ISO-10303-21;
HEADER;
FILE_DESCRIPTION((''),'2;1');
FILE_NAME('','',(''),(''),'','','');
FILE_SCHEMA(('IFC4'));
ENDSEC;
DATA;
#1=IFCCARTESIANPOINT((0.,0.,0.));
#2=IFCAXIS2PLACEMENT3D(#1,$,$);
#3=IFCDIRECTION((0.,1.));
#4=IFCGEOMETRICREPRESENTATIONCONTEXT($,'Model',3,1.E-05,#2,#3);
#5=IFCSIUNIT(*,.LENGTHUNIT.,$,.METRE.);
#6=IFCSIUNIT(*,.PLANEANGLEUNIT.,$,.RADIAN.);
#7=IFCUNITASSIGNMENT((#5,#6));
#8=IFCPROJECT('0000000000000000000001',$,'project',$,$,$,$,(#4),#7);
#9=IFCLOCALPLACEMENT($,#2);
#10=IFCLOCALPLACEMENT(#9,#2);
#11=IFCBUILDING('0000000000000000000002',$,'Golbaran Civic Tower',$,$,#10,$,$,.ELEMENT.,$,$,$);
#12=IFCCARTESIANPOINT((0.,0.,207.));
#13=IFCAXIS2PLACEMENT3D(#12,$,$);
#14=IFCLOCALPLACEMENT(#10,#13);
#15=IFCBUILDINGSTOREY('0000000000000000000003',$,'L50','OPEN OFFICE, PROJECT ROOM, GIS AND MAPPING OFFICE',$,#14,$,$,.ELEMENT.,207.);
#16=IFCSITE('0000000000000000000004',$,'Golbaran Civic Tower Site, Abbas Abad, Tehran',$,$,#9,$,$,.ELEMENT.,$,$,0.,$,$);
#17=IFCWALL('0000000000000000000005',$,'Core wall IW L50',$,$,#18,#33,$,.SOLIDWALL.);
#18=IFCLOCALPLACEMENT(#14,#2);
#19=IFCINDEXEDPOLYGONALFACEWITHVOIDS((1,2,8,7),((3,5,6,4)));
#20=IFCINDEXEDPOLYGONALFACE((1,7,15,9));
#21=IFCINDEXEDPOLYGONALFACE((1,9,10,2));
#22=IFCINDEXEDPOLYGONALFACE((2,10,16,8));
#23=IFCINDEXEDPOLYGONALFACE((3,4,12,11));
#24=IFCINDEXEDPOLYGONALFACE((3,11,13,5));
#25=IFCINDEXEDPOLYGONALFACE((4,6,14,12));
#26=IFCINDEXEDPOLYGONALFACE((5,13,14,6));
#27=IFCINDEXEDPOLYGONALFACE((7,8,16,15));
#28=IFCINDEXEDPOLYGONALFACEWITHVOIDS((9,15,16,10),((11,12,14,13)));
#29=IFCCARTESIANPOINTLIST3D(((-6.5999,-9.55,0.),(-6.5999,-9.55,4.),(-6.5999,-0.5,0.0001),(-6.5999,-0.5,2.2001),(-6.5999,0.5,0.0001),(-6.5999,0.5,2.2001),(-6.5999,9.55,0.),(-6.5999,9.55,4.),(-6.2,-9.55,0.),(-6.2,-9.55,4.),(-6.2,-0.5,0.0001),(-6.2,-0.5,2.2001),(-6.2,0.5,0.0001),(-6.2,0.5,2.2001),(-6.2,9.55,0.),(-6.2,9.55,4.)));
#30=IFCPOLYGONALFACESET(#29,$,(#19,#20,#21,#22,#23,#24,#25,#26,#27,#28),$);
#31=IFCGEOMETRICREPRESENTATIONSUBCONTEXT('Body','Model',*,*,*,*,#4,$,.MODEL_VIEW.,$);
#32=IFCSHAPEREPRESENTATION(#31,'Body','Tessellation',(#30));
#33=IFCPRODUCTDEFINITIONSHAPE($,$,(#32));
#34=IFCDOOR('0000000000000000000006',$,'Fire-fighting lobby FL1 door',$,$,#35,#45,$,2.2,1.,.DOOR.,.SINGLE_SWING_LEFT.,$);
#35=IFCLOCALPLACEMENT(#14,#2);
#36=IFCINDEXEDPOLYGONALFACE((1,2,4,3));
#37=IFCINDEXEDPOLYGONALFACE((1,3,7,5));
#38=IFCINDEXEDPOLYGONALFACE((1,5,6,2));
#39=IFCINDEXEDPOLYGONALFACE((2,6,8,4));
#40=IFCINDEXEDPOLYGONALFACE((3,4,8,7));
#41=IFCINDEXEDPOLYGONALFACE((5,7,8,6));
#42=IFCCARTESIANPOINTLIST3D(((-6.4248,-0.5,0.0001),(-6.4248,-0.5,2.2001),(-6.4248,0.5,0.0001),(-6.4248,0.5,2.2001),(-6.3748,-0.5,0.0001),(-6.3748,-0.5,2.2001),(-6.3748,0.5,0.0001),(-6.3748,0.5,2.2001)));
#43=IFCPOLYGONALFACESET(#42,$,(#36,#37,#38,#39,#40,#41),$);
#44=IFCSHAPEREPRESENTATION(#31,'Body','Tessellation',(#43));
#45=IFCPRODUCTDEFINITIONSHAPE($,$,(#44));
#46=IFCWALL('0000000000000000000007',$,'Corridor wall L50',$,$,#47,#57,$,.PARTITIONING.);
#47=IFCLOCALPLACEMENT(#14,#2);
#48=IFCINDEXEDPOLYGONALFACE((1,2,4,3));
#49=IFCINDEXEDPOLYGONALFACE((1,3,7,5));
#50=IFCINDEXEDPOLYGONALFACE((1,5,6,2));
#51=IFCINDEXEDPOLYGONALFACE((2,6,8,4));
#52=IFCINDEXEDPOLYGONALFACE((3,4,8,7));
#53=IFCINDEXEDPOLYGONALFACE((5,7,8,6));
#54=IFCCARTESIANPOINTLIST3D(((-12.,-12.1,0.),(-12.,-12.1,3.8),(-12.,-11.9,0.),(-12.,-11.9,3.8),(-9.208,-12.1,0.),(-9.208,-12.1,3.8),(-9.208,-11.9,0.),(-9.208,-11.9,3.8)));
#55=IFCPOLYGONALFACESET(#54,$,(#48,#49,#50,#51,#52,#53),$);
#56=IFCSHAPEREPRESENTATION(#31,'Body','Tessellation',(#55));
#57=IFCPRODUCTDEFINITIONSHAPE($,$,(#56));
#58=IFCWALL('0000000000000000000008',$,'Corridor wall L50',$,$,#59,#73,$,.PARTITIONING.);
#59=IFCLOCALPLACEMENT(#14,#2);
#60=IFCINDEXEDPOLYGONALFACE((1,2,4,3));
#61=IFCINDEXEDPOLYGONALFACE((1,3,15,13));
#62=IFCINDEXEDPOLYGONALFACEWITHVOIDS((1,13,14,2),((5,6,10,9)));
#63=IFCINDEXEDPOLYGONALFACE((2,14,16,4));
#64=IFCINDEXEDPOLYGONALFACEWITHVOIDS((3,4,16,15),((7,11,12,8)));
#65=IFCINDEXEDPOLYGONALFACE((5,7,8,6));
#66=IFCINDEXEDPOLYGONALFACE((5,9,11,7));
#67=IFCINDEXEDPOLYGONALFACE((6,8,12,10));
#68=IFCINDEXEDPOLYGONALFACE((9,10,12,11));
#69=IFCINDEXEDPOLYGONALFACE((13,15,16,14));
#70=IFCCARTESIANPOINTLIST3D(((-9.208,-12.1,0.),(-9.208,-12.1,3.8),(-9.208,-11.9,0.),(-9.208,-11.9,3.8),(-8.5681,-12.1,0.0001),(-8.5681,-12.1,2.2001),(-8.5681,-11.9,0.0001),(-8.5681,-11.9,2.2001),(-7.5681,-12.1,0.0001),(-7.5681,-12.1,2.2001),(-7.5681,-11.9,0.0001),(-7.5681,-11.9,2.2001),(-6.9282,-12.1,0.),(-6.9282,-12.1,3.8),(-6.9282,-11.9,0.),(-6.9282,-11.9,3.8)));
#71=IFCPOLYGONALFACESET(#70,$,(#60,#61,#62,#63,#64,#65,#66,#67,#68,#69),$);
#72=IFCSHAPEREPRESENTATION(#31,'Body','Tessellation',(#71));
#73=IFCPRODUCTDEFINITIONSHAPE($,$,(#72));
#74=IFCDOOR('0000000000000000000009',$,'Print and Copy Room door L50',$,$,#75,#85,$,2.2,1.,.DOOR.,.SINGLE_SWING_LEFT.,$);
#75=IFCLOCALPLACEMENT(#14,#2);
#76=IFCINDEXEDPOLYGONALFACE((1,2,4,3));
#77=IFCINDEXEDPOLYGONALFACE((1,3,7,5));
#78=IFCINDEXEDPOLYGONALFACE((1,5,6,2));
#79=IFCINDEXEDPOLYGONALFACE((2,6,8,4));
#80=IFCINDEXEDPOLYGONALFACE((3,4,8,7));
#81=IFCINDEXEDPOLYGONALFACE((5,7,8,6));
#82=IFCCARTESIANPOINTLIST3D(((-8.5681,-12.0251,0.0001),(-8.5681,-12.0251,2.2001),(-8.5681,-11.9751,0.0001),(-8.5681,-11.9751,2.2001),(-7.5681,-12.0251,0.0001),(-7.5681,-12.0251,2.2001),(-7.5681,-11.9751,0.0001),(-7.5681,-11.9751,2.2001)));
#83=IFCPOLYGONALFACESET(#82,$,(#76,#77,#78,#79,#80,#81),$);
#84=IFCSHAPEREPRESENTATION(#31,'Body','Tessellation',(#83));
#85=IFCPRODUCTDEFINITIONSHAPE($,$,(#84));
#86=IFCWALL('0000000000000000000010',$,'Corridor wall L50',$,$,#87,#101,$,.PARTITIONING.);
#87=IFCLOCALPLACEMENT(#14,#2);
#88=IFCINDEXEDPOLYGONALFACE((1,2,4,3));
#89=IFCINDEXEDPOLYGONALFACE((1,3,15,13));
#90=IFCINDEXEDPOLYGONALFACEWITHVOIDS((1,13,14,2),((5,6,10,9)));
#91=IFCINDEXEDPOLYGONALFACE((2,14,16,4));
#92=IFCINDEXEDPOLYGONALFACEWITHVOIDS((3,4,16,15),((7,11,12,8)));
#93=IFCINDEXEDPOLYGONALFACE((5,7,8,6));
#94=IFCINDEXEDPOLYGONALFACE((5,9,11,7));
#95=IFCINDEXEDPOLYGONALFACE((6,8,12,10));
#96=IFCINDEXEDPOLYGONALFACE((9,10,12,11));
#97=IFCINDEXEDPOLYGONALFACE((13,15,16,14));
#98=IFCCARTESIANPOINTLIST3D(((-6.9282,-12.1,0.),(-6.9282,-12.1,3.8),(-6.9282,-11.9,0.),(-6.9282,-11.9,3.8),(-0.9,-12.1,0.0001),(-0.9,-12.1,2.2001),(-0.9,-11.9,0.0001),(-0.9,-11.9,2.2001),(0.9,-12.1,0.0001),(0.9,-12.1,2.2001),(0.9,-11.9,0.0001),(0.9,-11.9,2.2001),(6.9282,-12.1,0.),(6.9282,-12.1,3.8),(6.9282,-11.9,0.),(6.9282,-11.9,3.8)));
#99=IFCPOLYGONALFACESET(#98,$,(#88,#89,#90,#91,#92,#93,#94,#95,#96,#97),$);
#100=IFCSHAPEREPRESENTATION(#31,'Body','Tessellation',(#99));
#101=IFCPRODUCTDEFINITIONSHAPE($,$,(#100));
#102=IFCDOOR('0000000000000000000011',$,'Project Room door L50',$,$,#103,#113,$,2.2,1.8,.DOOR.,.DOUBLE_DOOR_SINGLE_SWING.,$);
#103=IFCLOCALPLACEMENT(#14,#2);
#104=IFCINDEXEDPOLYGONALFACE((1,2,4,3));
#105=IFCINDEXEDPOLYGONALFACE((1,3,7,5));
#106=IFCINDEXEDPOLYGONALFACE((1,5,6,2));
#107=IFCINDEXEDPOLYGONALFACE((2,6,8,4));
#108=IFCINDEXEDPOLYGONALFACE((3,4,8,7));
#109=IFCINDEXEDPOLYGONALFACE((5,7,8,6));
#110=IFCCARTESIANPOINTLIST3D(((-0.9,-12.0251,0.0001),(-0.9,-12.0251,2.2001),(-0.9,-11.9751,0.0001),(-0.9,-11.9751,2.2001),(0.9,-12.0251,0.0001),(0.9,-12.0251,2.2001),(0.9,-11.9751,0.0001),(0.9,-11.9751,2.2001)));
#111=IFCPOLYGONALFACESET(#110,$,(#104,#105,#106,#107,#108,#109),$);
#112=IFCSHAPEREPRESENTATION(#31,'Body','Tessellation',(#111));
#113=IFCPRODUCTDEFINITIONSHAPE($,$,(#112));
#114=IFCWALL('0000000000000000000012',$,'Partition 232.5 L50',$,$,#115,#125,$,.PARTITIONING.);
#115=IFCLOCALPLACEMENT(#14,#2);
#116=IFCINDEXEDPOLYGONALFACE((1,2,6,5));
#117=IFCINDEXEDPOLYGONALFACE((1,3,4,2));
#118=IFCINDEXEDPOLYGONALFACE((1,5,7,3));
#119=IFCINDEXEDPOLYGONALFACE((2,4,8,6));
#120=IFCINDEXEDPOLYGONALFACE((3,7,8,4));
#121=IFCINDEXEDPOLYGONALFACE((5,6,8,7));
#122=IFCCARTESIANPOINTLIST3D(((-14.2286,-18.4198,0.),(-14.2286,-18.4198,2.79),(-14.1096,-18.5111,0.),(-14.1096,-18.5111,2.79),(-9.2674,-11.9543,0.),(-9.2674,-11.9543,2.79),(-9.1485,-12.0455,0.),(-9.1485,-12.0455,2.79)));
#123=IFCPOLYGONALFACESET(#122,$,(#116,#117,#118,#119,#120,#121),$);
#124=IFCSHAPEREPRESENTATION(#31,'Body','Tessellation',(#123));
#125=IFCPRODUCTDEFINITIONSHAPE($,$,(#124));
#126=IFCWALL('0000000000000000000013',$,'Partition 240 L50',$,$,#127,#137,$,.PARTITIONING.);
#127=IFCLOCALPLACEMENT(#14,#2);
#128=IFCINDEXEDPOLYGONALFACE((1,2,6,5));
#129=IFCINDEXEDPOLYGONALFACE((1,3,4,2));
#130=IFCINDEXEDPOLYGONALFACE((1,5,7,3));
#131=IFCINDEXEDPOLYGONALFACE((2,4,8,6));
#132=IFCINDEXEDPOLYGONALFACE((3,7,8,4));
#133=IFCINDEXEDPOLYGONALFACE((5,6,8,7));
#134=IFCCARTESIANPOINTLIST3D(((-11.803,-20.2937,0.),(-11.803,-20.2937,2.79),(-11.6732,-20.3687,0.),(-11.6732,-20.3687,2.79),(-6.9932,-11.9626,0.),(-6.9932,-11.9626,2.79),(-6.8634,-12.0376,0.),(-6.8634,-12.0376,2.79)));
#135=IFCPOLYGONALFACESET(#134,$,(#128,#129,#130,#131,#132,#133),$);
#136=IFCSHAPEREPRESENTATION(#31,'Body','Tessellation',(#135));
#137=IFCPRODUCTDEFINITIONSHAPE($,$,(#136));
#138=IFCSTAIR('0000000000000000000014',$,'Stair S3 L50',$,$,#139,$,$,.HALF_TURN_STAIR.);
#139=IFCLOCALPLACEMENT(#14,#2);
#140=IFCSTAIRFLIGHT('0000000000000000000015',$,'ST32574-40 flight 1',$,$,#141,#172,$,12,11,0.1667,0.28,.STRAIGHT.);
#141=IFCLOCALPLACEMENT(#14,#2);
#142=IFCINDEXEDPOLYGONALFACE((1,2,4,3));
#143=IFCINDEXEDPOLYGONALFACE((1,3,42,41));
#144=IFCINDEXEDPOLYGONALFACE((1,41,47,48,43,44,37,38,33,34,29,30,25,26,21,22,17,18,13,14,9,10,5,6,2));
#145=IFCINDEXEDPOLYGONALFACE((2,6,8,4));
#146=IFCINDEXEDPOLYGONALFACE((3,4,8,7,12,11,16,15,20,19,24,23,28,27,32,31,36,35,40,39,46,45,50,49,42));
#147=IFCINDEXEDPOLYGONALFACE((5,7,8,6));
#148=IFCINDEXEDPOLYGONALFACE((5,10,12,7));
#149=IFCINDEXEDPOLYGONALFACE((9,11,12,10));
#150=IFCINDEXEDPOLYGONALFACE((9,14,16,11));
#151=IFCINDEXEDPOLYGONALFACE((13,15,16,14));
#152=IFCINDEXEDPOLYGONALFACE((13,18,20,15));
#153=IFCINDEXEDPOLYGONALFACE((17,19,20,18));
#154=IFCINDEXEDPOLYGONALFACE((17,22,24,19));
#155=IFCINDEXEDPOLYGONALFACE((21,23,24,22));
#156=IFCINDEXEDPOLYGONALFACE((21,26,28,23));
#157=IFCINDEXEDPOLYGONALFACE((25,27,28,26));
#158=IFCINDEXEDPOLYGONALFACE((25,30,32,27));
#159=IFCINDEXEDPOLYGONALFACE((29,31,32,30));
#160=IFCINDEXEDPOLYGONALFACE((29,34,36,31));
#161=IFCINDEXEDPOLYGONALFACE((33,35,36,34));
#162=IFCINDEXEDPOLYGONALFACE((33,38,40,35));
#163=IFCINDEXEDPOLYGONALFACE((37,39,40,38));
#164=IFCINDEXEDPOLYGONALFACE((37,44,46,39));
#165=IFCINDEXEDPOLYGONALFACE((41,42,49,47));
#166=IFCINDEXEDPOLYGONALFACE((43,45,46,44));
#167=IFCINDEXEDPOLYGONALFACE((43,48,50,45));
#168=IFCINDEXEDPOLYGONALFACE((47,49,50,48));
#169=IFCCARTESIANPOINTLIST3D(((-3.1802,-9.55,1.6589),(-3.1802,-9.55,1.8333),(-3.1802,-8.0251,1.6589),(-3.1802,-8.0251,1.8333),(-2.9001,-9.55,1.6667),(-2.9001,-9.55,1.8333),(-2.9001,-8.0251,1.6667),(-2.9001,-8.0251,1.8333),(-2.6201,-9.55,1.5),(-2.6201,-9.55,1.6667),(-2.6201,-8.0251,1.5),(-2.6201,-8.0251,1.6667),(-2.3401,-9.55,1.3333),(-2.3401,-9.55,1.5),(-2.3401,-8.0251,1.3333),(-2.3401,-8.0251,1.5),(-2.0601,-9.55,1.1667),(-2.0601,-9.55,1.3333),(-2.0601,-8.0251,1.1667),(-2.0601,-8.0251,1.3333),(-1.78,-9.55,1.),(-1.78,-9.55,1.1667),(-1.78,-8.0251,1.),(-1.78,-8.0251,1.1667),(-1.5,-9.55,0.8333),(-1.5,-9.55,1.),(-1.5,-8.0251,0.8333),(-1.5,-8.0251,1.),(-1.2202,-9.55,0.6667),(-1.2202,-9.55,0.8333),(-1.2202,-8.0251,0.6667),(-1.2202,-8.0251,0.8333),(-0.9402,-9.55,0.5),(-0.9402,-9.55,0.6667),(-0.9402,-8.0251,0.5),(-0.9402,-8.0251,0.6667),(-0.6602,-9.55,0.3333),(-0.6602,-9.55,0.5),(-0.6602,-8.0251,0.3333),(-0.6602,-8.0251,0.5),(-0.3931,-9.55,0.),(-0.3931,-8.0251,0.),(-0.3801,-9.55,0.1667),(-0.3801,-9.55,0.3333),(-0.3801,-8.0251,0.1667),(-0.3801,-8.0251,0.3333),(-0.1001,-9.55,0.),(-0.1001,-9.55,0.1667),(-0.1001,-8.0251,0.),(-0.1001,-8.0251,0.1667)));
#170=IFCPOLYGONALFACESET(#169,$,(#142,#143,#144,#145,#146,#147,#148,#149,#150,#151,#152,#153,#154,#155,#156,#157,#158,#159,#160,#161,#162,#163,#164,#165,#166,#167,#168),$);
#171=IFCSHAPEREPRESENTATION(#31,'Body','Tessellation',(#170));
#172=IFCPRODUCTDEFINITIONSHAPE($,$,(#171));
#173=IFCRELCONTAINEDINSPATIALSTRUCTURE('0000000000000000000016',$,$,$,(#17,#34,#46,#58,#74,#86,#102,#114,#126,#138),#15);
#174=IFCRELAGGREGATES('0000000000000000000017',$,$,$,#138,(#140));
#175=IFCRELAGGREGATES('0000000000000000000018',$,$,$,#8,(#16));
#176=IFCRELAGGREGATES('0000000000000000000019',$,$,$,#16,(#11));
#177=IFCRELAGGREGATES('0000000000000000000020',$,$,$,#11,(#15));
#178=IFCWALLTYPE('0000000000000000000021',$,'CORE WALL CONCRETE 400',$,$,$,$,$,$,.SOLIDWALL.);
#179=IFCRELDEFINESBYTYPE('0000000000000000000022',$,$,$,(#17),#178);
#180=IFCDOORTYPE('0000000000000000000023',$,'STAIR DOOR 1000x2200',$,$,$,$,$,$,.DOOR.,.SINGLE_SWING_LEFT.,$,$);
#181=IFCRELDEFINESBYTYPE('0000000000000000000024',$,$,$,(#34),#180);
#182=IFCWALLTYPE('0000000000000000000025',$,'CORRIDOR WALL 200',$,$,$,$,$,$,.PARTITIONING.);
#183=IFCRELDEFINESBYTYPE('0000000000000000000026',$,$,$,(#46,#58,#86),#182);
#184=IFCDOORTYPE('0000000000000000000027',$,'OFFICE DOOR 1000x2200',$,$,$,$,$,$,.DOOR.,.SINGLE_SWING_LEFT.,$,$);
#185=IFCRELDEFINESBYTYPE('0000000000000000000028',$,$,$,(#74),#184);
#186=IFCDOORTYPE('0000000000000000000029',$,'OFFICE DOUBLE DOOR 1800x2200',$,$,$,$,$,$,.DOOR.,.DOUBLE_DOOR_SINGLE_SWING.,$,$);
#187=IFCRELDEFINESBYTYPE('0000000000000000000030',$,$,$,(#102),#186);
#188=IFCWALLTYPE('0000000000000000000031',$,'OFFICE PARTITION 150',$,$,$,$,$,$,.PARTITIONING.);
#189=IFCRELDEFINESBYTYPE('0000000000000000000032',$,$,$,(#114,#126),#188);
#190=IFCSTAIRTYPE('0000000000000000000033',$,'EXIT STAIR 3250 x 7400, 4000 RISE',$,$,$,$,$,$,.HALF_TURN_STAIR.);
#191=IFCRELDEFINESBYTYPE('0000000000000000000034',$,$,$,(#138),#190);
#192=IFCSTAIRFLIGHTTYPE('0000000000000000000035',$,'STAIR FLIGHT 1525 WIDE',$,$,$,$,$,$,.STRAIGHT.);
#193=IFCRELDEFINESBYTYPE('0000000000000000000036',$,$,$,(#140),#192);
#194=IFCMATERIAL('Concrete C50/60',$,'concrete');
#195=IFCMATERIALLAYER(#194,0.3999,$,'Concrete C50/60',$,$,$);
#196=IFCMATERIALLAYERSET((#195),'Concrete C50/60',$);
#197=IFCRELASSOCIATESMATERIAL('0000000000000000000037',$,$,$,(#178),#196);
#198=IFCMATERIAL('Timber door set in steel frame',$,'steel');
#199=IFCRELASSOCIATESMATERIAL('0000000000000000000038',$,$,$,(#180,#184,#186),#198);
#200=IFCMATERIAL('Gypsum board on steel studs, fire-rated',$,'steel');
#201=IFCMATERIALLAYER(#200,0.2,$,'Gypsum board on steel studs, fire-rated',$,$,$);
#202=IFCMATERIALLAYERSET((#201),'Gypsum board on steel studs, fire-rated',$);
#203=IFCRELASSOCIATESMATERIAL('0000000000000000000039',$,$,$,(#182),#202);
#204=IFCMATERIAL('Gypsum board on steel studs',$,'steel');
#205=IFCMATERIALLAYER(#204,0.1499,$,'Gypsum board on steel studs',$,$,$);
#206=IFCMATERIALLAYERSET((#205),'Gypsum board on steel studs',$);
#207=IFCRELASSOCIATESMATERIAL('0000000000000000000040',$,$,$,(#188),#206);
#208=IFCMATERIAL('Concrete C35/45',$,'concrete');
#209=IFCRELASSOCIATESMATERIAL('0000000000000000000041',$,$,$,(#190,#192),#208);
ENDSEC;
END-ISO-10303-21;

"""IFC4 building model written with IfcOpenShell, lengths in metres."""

from ifc_helpers import new_model, si_unit, direction, frame, frame_2d, origin, place, context, subcontext, project, spatial, polyline, rectangle, outline, extrude, material, layer, layer_set, type_object, element, fill, aggregate, save


model = new_model("IFC4")

# Units and contexts
model_context = context("Model", 3, precision=1e-05, world=origin(), true_north=direction((0.0, 1.0)))
body_context = subcontext(model_context, "Body", "Model", "MODEL_VIEW")
ifc_project = project(units=[si_unit("LENGTHUNIT", "METRE"), si_unit("PLANEANGLEUNIT", "RADIAN")], contexts=[model_context])

# Site, building, storey
site_placement = place(None, origin())
site = spatial("IfcSite", under=ifc_project, at=site_placement, Name="Golbaran Civic Tower Site, Abbas Abad, Tehran", CompositionType="ELEMENT", RefElevation=0.0)
building_placement = place(site_placement, origin())
building = spatial("IfcBuilding", under=site, at=building_placement, Name="Golbaran Civic Tower", CompositionType="ELEMENT")
storey_placement = place(building_placement, frame((0.0, 0.0, 207.0)))
storey = spatial("IfcBuildingStorey", under=building, at=storey_placement, Name="L50", Description="OPEN OFFICE, PROJECT ROOM, GIS AND MAPPING OFFICE", CompositionType="ELEMENT", Elevation=207.0)

# Wall, opening, door
ifc_material_1 = material(Name="Concrete C50/60", Category="concrete")
ifc_layer_1 = layer(ifc_material_1, 0.3999, Name="Concrete C50/60")
ifc_layer_set_1 = layer_set([ifc_layer_1], Name="Concrete C50/60")
wall_type_1 = type_object("IfcWallType", Name="CORE WALL CONCRETE 400", PredefinedType="SOLIDWALL", material=ifc_layer_set_1)
wall_1_placement = place(storey_placement, frame((-6.3999, -9.55, 0.0), z_axis=(0.0, 0.0, 1.0), x_axis=(0.0, 1.0, 0.0)))
wall_1 = element("IfcWall", 1, at=wall_1_placement, inside=storey, type_object=wall_type_1, Name="Core wall IW L50", PredefinedType="SOLIDWALL", context=body_context, shape_type="SweptSolid", body=[
    extrude(rectangle(XDim=19.1001, YDim=0.3999, at=frame_2d((9.55, 0.0))), origin(), (0.0, 0.0, 1.0), 4.0),
])
opening_1_placement = place(wall_1_placement, frame((9.05, 0.0, 0.0)))
opening_1 = element("IfcOpeningElement", 2, at=opening_1_placement, cuts=wall_1, PredefinedType="OPENING", context=body_context, shape_type="SweptSolid", body=[
    extrude(rectangle(XDim=1.0, YDim=2.2, at=frame_2d((0.5, 1.1001))), frame((0.0, 0.21, 0.0), z_axis=(0.0, -1.0, 0.0), x_axis=(1.0, 0.0, 0.0)), (0.0, 0.0, 1.0), 0.4199),
])
ifc_material_2 = material(Name="Timber door set in steel frame", Category="steel")
door_type_1 = type_object("IfcDoorType", Name="STAIR DOOR 1000x2200", OperationType="SINGLE_SWING_LEFT", PredefinedType="DOOR", material=ifc_material_2)
door_1_placement = place(opening_1_placement, origin())
door_1 = element("IfcDoor", 3, at=door_1_placement, inside=storey, type_object=door_type_1, Name="Fire-fighting lobby FL1 door", OperationType="SINGLE_SWING_LEFT", OverallHeight=2.2, OverallWidth=1.0, PredefinedType="DOOR", context=body_context, shape_type="SweptSolid", body=[
    extrude(rectangle(XDim=1.0, YDim=2.2, at=frame_2d((0.5, 1.1001))), frame((0.0, 0.0249, 0.0), z_axis=(0.0, -1.0, 0.0), x_axis=(1.0, 0.0, 0.0)), (0.0, 0.0, 1.0), 0.05),
])
fill(opening_1, door_1)

# Wall
ifc_material_3 = material(Name="Gypsum board on steel studs, fire-rated", Category="steel")
ifc_layer_2 = layer(ifc_material_3, 0.2, Name="Gypsum board on steel studs, fire-rated")
ifc_layer_set_2 = layer_set([ifc_layer_2], Name="Gypsum board on steel studs, fire-rated")
wall_type_2 = type_object("IfcWallType", Name="CORRIDOR WALL 200", PredefinedType="PARTITIONING", material=ifc_layer_set_2)
wall_2_placement = place(storey_placement, frame((-12.0, -12.0, 0.0), z_axis=(0.0, 0.0, 1.0), x_axis=(1.0, 0.0, 0.0)))
element("IfcWall", 4, at=wall_2_placement, inside=storey, type_object=wall_type_2, Name="Corridor wall L50", PredefinedType="PARTITIONING", context=body_context, shape_type="SweptSolid", body=[
    extrude(rectangle(XDim=2.792, YDim=0.2, at=frame_2d((1.396, 0.0))), origin(), (0.0, 0.0, 1.0), 3.8),
])

# Walls, openings, doors
wall_3_placement = place(storey_placement, frame((-9.208, -12.0, 0.0), z_axis=(0.0, 0.0, 1.0), x_axis=(1.0, 0.0, 0.0)))
wall_3 = element("IfcWall", 5, at=wall_3_placement, inside=storey, type_object=wall_type_2, Name="Corridor wall L50", PredefinedType="PARTITIONING", context=body_context, shape_type="SweptSolid", body=[
    extrude(rectangle(XDim=2.2798, YDim=0.2, at=frame_2d((1.1399, 0.0))), origin(), (0.0, 0.0, 1.0), 3.8),
])
opening_2_placement = place(wall_3_placement, frame((0.6399, 0.0, 0.0)))
opening_2 = element("IfcOpeningElement", 6, at=opening_2_placement, cuts=wall_3, PredefinedType="OPENING", context=body_context, shape_type="SweptSolid", body=[
    extrude(rectangle(XDim=1.0, YDim=2.2, at=frame_2d((0.5, 1.1001))), frame((0.0, 0.1099, 0.0), z_axis=(0.0, -1.0, 0.0), x_axis=(1.0, 0.0, 0.0)), (0.0, 0.0, 1.0), 0.22),
])
door_type_2 = type_object("IfcDoorType", Name="OFFICE DOOR 1000x2200", OperationType="SINGLE_SWING_LEFT", PredefinedType="DOOR", material=ifc_material_2)
door_2_placement = place(opening_2_placement, origin())
door_2 = element("IfcDoor", 7, at=door_2_placement, inside=storey, type_object=door_type_2, Name="Print and Copy Room door L50", OperationType="SINGLE_SWING_LEFT", OverallHeight=2.2, OverallWidth=1.0, PredefinedType="DOOR", context=body_context, shape_type="SweptSolid", body=[
    extrude(rectangle(XDim=1.0, YDim=2.2, at=frame_2d((0.5, 1.1001))), frame((0.0, 0.0249, 0.0), z_axis=(0.0, -1.0, 0.0), x_axis=(1.0, 0.0, 0.0)), (0.0, 0.0, 1.0), 0.05),
])
fill(opening_2, door_2)
wall_4_placement = place(storey_placement, frame((-6.9282, -12.0, 0.0), z_axis=(0.0, 0.0, 1.0), x_axis=(1.0, 0.0, 0.0)))
wall_4 = element("IfcWall", 8, at=wall_4_placement, inside=storey, type_object=wall_type_2, Name="Corridor wall L50", PredefinedType="PARTITIONING", context=body_context, shape_type="SweptSolid", body=[
    extrude(rectangle(XDim=13.8564, YDim=0.2, at=frame_2d((6.9282, 0.0))), origin(), (0.0, 0.0, 1.0), 3.8),
])
opening_3_placement = place(wall_4_placement, frame((6.0283, 0.0, 0.0)))
opening_3 = element("IfcOpeningElement", 9, at=opening_3_placement, cuts=wall_4, PredefinedType="OPENING", context=body_context, shape_type="SweptSolid", body=[
    extrude(rectangle(XDim=1.8, YDim=2.2, at=frame_2d((0.8999, 1.1001))), frame((0.0, 0.1099, 0.0), z_axis=(0.0, -1.0, 0.0), x_axis=(1.0, 0.0, 0.0)), (0.0, 0.0, 1.0), 0.22),
])
door_type_3 = type_object("IfcDoorType", Name="OFFICE DOUBLE DOOR 1800x2200", OperationType="DOUBLE_DOOR_SINGLE_SWING", PredefinedType="DOOR", material=ifc_material_2)
door_3_placement = place(opening_3_placement, origin())
door_3 = element("IfcDoor", 10, at=door_3_placement, inside=storey, type_object=door_type_3, Name="Project Room door L50", OperationType="DOUBLE_DOOR_SINGLE_SWING", OverallHeight=2.2, OverallWidth=1.8, PredefinedType="DOOR", context=body_context, shape_type="SweptSolid", body=[
    extrude(rectangle(XDim=1.8, YDim=2.2, at=frame_2d((0.8999, 1.1001))), frame((0.0, 0.0249, 0.0), z_axis=(0.0, -1.0, 0.0), x_axis=(1.0, 0.0, 0.0)), (0.0, 0.0, 1.0), 0.05),
])
fill(opening_3, door_3)

# Walls
ifc_material_4 = material(Name="Gypsum board on steel studs", Category="steel")
ifc_layer_3 = layer(ifc_material_4, 0.1499, Name="Gypsum board on steel studs")
ifc_layer_set_3 = layer_set([ifc_layer_3], Name="Gypsum board on steel studs")
wall_type_3 = type_object("IfcWallType", Name="OFFICE PARTITION 150", PredefinedType="PARTITIONING", material=ifc_layer_set_3)
wall_5_placement = place(storey_placement, frame((-9.208, -12.0, 0.0), z_axis=(0.0, 0.0, 1.0), x_axis=(-0.608759, -0.793355, 0.0)))
element("IfcWall", 11, at=wall_5_placement, inside=storey, type_object=wall_type_3, Name="Partition 232.5 L50", PredefinedType="PARTITIONING", context=body_context, shape_type="SweptSolid", body=[
    extrude(rectangle(XDim=8.1497, YDim=0.1499, at=frame_2d((4.0747, 0.0))), origin(), (0.0, 0.0, 1.0), 2.79),
])
wall_6_placement = place(storey_placement, frame((-6.9282, -12.0, 0.0), z_axis=(0.0, 0.0, 1.0), x_axis=(-0.49999, -0.866031, 0.0)))
element("IfcWall", 12, at=wall_6_placement, inside=storey, type_object=wall_type_3, Name="Partition 240 L50", PredefinedType="PARTITIONING", context=body_context, shape_type="SweptSolid", body=[
    extrude(rectangle(XDim=9.6199, YDim=0.1499, at=frame_2d((4.8101, 0.0))), origin(), (0.0, 0.0, 1.0), 2.79),
])

# Stair, stair flight
ifc_material_5 = material(Name="Concrete C35/45", Category="concrete")
stair_type = type_object("IfcStairType", Name="EXIT STAIR 3250 x 7400, 4000 RISE", PredefinedType="HALF_TURN_STAIR", material=ifc_material_5)
stair_placement = place(storey_placement, origin())
stair = element("IfcStair", 13, at=stair_placement, inside=storey, type_object=stair_type, Name="Stair S3 L50", PredefinedType="HALF_TURN_STAIR")
stair_flight_type = type_object("IfcStairFlightType", Name="STAIR FLIGHT 1525 WIDE", PredefinedType="STRAIGHT", material=ifc_material_5)
stair_flight_placement = place(storey_placement, frame((-0.1001, -8.7876, 0.0), z_axis=(0.0, 0.0, 1.0), x_axis=(-1.0, 0.0, 0.0)))
stair_flight = element("IfcStairFlight", 14, at=stair_flight_placement, type_object=stair_flight_type, Name="ST32574-40 flight 1", NumberOfRisers=12, NumberOfTreads=11, PredefinedType="STRAIGHT", RiserHeight=0.1667, TreadLength=0.28, context=body_context, shape_type="SweptSolid", body=[
    extrude(outline(polyline([(0.0, 0.0), (0.0, 0.1667), (0.28, 0.1667), (0.28, 0.3333), (0.5601, 0.3333), (0.5601, 0.5), (0.8401, 0.5), (0.8401, 0.6667), (1.1201, 0.6667), (1.1201, 0.8333), (1.3999, 0.8333), (1.3999, 1.0), (1.6799, 1.0), (1.6799, 1.1667), (1.96, 1.1667), (1.96, 1.3333), (2.24, 1.3333), (2.24, 1.5), (2.52, 1.5), (2.52, 1.6667), (2.8, 1.6667), (2.8, 1.8333), (3.0801, 1.8333), (3.0801, 2.0), (3.0801, 1.6589), (0.293, 0.0), (0.0, 0.0)])), frame((0.0, 0.7625, 0.0), z_axis=(0.0, -1.0, 0.0), x_axis=(1.0, 0.0, 0.0)), (0.0, 0.0, 1.0), 1.5249),
])
aggregate(stair, [stair_flight])

save(model, "model.ifc")
